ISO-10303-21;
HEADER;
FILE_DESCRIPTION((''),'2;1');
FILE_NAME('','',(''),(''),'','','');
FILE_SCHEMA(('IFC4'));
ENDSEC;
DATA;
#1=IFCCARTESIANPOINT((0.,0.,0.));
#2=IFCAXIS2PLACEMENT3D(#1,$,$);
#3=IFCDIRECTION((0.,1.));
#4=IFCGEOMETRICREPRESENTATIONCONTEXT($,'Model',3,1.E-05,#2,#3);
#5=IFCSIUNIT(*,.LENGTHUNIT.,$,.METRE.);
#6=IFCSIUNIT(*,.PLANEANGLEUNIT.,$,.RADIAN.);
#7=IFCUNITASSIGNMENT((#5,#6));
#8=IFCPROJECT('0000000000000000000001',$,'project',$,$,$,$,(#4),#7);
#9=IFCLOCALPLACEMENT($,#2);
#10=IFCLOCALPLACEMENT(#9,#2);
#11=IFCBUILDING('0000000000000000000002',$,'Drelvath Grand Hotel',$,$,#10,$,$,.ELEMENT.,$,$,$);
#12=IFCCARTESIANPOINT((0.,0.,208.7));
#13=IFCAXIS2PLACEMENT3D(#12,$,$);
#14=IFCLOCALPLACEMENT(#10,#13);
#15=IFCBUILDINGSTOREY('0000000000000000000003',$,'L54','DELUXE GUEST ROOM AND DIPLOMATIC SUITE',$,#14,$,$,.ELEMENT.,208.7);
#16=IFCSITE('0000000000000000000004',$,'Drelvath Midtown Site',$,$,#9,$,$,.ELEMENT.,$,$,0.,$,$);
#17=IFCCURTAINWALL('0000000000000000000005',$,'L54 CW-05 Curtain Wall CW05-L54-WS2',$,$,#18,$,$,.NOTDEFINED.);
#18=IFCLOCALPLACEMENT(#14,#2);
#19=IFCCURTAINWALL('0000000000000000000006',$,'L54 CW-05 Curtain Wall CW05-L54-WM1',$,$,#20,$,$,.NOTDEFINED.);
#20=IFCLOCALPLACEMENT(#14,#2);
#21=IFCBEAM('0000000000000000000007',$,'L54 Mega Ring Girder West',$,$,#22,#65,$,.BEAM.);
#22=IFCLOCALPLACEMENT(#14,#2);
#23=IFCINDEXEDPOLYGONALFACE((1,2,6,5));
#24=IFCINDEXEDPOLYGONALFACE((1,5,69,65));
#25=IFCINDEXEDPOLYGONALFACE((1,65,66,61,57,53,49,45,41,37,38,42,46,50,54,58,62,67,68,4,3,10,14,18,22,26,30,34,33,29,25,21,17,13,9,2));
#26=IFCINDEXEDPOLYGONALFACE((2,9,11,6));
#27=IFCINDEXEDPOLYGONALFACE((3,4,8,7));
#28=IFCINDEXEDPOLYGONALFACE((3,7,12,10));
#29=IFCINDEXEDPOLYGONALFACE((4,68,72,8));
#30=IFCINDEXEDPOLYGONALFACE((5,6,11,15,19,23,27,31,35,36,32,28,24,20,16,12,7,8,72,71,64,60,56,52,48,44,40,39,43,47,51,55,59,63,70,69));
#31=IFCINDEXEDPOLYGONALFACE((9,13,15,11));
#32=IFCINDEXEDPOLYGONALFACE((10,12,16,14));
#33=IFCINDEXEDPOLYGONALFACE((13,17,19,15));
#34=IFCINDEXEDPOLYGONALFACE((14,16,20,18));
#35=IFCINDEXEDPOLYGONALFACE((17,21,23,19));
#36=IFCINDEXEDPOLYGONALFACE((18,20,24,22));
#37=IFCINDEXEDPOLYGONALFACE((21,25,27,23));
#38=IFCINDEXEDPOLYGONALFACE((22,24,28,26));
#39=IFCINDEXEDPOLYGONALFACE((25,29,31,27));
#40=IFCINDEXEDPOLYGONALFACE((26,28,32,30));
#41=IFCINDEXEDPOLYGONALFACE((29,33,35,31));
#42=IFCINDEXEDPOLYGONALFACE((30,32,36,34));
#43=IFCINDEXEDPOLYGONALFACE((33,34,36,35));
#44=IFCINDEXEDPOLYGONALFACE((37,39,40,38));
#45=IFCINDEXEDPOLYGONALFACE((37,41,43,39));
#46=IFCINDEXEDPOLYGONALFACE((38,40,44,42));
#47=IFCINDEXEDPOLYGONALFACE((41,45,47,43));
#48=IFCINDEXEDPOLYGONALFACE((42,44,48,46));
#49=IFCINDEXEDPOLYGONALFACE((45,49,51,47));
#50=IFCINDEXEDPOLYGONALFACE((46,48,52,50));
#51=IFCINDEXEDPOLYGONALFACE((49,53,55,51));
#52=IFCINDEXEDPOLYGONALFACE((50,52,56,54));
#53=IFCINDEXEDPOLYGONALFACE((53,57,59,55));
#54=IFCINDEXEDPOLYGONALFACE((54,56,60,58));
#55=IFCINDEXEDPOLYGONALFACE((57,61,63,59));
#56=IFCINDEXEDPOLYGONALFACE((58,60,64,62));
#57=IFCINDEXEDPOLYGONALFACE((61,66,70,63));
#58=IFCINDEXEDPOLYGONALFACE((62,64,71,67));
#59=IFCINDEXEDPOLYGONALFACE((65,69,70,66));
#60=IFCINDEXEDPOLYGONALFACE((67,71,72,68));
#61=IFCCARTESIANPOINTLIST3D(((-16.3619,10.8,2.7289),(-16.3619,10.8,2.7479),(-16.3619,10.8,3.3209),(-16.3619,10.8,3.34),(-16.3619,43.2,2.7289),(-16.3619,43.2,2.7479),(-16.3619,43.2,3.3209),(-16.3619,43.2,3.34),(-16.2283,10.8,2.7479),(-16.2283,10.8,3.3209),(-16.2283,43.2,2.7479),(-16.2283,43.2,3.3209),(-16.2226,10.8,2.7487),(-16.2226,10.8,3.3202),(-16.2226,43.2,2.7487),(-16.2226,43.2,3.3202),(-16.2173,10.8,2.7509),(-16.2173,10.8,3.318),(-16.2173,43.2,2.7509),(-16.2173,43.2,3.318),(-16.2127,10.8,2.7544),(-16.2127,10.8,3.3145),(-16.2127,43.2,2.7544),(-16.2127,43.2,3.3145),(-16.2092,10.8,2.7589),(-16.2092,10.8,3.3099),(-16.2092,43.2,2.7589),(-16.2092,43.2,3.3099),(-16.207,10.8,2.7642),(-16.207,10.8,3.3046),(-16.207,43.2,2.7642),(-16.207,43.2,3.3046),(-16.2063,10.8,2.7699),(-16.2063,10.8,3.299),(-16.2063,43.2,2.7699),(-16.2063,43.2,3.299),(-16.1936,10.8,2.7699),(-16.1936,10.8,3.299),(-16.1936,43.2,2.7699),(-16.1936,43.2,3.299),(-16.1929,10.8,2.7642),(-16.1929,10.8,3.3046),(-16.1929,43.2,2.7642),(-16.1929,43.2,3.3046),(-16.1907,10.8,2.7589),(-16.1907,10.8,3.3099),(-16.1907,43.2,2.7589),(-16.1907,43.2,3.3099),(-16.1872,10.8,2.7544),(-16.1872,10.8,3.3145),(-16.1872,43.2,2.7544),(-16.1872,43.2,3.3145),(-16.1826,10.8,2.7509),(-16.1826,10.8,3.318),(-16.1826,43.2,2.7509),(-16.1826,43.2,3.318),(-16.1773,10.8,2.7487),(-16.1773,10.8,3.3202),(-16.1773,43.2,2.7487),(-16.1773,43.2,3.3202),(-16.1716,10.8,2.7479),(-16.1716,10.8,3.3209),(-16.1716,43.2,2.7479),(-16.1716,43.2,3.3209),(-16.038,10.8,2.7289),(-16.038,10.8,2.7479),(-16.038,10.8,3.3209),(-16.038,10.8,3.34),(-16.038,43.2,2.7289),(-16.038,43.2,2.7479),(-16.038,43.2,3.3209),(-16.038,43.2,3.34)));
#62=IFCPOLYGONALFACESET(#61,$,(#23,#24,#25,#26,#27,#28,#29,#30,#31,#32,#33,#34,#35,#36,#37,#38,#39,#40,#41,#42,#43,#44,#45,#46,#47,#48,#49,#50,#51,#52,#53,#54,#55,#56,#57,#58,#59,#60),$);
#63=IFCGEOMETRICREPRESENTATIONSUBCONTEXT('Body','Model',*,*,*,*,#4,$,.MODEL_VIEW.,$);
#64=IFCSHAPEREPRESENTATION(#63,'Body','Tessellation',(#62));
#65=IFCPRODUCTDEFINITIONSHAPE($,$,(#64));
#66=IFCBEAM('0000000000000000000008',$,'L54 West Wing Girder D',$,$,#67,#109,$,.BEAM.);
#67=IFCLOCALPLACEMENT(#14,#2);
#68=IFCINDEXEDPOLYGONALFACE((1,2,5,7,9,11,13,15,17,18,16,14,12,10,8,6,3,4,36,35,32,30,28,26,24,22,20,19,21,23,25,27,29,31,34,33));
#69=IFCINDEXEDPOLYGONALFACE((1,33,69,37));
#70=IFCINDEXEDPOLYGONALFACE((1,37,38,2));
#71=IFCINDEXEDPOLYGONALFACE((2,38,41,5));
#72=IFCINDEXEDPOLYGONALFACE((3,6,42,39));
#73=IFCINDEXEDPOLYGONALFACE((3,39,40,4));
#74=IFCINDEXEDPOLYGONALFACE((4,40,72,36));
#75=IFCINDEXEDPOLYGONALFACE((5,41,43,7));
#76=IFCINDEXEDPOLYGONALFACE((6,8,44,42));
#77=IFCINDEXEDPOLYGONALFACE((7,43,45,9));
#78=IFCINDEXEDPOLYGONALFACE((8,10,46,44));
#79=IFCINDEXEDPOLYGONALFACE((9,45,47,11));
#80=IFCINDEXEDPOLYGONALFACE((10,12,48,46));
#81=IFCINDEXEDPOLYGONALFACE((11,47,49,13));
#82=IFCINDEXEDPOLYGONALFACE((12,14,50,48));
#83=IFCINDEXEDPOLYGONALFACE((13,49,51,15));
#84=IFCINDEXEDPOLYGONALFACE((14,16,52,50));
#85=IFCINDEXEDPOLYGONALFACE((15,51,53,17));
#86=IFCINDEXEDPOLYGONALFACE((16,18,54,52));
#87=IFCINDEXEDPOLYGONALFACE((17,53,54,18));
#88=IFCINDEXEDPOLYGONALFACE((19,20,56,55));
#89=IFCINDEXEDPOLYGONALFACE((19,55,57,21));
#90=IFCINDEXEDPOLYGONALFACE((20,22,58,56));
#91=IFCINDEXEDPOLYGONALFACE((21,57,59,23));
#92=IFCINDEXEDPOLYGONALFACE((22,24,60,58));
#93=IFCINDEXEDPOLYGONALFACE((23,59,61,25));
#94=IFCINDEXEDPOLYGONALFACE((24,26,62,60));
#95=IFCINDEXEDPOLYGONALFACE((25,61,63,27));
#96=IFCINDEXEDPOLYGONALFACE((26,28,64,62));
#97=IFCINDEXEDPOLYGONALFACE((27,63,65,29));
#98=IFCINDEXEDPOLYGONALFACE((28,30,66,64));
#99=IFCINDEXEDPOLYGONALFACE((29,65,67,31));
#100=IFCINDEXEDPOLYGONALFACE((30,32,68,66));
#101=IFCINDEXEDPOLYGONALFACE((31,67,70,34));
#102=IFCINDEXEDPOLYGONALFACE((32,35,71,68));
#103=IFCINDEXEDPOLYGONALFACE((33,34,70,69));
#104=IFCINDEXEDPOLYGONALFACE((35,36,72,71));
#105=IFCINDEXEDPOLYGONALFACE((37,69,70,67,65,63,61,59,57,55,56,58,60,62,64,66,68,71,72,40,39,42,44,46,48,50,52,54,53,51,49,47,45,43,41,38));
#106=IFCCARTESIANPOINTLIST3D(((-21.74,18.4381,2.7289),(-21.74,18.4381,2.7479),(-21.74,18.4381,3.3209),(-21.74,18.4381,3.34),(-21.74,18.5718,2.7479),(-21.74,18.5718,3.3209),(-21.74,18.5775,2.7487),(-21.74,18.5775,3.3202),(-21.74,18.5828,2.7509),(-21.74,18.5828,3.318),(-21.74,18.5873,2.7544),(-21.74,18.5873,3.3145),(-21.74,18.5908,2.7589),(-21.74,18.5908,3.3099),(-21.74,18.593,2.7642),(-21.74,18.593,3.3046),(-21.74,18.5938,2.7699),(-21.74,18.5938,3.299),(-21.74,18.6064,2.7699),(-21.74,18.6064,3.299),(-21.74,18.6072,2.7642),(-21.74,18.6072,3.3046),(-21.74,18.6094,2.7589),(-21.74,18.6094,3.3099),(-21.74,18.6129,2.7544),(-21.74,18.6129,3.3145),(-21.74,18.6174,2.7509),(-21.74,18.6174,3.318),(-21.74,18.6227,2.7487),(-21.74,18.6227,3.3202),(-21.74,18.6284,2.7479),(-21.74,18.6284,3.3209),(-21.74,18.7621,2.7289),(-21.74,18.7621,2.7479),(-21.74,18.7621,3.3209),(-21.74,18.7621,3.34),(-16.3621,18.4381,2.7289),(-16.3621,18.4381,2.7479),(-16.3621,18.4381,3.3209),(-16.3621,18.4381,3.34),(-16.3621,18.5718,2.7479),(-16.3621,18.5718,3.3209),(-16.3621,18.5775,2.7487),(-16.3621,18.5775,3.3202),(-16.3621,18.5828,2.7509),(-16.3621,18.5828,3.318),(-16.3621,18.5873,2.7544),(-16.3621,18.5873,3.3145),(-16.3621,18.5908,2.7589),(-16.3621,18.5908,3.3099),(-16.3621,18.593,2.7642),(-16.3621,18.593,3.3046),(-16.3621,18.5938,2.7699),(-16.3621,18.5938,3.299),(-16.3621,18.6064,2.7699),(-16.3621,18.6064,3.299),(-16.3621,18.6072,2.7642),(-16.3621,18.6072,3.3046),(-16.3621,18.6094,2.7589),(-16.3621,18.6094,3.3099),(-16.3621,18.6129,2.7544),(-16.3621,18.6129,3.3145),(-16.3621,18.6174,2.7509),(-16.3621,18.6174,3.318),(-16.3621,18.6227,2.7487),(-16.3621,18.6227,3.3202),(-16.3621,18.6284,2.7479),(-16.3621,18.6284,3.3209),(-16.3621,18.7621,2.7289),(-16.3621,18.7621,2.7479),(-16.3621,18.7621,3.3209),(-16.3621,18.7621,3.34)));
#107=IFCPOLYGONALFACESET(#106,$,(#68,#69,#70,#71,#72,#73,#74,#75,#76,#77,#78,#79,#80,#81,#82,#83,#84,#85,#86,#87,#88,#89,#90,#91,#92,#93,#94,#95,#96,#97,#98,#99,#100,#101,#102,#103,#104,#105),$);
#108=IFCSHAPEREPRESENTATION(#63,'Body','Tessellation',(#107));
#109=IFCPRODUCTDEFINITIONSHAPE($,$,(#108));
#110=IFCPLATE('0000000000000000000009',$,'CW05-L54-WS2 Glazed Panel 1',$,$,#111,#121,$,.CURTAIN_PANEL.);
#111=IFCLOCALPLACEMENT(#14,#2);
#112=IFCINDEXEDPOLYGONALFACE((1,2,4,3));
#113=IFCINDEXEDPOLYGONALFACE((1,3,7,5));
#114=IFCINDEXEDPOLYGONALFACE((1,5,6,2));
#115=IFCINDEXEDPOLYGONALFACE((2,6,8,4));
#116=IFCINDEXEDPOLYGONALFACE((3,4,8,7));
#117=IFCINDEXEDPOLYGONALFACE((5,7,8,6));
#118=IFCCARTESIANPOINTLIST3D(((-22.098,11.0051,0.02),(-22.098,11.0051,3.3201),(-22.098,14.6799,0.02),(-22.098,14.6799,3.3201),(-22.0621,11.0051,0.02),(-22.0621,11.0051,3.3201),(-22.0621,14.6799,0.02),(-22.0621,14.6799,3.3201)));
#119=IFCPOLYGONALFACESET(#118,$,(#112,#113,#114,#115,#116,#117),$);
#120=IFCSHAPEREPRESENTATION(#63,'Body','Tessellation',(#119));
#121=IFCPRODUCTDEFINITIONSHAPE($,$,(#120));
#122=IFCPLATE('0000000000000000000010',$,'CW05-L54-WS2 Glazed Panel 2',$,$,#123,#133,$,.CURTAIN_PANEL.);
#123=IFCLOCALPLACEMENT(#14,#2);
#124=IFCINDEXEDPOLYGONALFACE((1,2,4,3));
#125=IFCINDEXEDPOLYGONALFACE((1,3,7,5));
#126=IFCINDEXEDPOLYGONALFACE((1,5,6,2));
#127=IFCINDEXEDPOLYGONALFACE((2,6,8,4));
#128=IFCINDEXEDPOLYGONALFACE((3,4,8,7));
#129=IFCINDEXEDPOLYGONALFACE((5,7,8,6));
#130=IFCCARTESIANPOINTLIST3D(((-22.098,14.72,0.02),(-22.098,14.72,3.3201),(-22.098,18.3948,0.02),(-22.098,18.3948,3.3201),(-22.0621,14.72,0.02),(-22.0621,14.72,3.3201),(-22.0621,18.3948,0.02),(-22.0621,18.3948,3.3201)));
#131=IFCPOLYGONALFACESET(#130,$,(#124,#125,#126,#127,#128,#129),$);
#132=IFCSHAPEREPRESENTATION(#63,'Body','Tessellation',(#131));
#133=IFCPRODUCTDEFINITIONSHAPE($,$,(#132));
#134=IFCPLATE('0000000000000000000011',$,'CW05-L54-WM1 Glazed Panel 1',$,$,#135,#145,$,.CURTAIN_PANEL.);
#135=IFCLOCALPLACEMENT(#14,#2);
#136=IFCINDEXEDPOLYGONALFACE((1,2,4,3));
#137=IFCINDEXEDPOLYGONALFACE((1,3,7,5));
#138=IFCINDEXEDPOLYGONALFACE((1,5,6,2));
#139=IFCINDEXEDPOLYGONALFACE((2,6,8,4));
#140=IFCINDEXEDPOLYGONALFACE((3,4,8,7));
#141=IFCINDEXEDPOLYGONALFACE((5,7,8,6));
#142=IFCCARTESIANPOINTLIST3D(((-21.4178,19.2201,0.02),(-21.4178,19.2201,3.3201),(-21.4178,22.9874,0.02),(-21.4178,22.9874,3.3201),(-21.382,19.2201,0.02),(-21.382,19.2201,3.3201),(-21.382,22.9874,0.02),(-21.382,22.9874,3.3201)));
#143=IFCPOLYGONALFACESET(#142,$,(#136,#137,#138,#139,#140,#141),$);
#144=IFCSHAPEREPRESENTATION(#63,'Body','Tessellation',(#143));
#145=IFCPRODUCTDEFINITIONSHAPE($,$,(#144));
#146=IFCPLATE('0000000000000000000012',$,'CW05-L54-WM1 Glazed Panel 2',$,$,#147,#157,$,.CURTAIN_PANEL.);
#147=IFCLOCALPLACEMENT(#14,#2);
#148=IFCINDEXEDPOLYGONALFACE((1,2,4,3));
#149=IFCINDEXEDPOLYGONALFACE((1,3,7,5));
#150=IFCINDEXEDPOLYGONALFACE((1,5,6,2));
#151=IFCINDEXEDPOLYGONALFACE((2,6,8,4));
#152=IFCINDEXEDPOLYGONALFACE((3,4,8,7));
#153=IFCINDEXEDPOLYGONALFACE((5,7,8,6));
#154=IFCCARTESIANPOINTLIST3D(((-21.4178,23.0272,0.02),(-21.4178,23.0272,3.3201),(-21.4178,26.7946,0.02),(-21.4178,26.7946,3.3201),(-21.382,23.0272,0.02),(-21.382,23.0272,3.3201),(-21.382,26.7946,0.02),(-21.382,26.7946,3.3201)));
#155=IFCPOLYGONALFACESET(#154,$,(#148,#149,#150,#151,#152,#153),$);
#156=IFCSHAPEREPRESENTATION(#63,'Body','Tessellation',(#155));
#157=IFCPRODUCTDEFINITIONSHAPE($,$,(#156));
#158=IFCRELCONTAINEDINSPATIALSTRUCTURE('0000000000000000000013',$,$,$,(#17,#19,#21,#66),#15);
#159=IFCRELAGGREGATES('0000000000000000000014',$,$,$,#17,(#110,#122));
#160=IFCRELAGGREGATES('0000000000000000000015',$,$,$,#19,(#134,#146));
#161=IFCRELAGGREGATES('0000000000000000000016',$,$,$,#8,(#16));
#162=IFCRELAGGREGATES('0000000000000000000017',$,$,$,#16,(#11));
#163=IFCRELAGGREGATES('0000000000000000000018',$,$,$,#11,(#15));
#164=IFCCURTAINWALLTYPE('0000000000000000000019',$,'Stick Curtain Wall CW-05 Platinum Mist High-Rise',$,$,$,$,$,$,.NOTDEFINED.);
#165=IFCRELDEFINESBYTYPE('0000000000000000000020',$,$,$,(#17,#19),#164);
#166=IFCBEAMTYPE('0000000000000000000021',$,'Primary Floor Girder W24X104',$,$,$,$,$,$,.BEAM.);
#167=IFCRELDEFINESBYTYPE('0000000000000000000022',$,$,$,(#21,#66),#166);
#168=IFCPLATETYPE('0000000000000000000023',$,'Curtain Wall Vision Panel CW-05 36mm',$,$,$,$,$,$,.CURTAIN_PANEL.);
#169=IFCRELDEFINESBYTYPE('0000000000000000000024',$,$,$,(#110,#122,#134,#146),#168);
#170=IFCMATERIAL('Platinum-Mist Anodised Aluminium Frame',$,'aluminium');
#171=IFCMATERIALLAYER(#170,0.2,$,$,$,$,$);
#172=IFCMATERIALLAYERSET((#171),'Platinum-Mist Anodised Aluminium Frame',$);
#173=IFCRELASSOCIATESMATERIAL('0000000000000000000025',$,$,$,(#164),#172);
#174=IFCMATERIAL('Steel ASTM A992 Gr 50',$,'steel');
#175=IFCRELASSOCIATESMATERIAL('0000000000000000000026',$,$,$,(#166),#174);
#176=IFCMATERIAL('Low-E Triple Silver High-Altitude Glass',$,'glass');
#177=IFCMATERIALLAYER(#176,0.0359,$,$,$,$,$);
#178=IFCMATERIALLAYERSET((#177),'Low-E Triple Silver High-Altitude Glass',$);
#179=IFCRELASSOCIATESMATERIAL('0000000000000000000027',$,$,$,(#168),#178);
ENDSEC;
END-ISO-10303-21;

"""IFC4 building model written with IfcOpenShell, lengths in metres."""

from ifc_helpers import new_model, si_unit, direction, frame, origin, origin_2d, place, context, subcontext, project, spatial, rectangle, i_section, extrude, material, layer, layer_set, material_profile, profile_set, type_object, element, aggregate, save


model = new_model("IFC4")

# Units and contexts
model_context = context("Model", 3, precision=1e-05, world=origin(), true_north=direction((0.0, 1.0)))
body_context = subcontext(model_context, "Body", "Model", "MODEL_VIEW")
ifc_project = project(units=[si_unit("LENGTHUNIT", "METRE"), si_unit("PLANEANGLEUNIT", "RADIAN")], contexts=[model_context])

# Site, building, storey
site_placement = place(None, origin())
site = spatial("IfcSite", under=ifc_project, at=site_placement, Name="Drelvath Midtown Site", CompositionType="ELEMENT", RefElevation=0.0)
building_placement = place(site_placement, origin())
building = spatial("IfcBuilding", under=site, at=building_placement, Name="Drelvath Grand Hotel", CompositionType="ELEMENT")
storey_placement = place(building_placement, frame((0.0, 0.0, 208.7)))
storey = spatial("IfcBuildingStorey", under=building, at=storey_placement, Name="L54", Description="DELUXE GUEST ROOM AND DIPLOMATIC SUITE", CompositionType="ELEMENT", Elevation=208.7)

# Shared definitions
ifc_material_1 = material(Name="Steel ASTM A992 Gr 50", Category="steel")

# Curtain walls
ifc_material_2 = material(Name="Platinum-Mist Anodised Aluminium Frame", Category="aluminium")
ifc_layer_1 = layer(ifc_material_2, 0.2)
ifc_layer_set_1 = layer_set([ifc_layer_1], Name="Platinum-Mist Anodised Aluminium Frame")
curtain_wall_type = type_object("IfcCurtainWallType", Name="Stick Curtain Wall CW-05 Platinum Mist High-Rise", PredefinedType="NOTDEFINED", material=ifc_layer_set_1)
curtain_wall_1_placement = place(storey_placement, origin())
curtain_wall_1 = element("IfcCurtainWall", 1, at=curtain_wall_1_placement, inside=storey, type_object=curtain_wall_type, Name="L54 CW-05 Curtain Wall CW05-L54-WS2", PredefinedType="NOTDEFINED")
curtain_wall_2_placement = place(storey_placement, origin())
curtain_wall_2 = element("IfcCurtainWall", 2, at=curtain_wall_2_placement, inside=storey, type_object=curtain_wall_type, Name="L54 CW-05 Curtain Wall CW05-L54-WM1", PredefinedType="NOTDEFINED")

# Beams
ifc_material_profile_1 = material_profile(ifc_material_1, i_section(OverallWidth=0.324, OverallDepth=0.6111, WebThickness=0.0127, FlangeThickness=0.019, FilletRadius=0.022, at=origin_2d()), Name="W24X104")
ifc_profile_set_1 = profile_set([ifc_material_profile_1], Name="Steel ASTM A992 Gr 50")
beam_type_1 = type_object("IfcBeamType", Name="Primary Floor Girder W24X104", PredefinedType="BEAM", material=ifc_profile_set_1)
for number, where, z_axis, x_axis, name in (
    (3, (-16.2, 10.8, 3.0344), (0.0, 1.0, 0.0), (-1.0, 0.0, 0.0), "L54 Mega Ring Girder West"),
):
    element("IfcBeam", number, at=place(storey_placement, frame(where, z_axis=z_axis, x_axis=x_axis)), inside=storey, type_object=beam_type_1, Name=name, PredefinedType="BEAM", context=body_context, shape_type="SweptSolid", body=[
        extrude(i_section(OverallWidth=0.324, OverallDepth=0.6111, WebThickness=0.0127, FlangeThickness=0.019, FilletRadius=0.022, at=origin_2d()), origin(), (0.0, 0.0, 1.0), 32.3999),
    ])
beam_1_placement = place(storey_placement, frame((-21.74, 18.6001, 3.0344), z_axis=(1.0, 0.0, 0.0), x_axis=(0.0, 1.0, 0.0)))
element("IfcBeam", 4, at=beam_1_placement, inside=storey, type_object=beam_type_1, Name="L54 West Wing Girder D", PredefinedType="BEAM", context=body_context, shape_type="SweptSolid", body=[
    extrude(i_section(OverallWidth=0.324, OverallDepth=0.6111, WebThickness=0.0127, FlangeThickness=0.019, FilletRadius=0.022, at=origin_2d()), origin(), (0.0, 0.0, 1.0), 5.3779),
])

# Plates
ifc_material_3 = material(Name="Low-E Triple Silver High-Altitude Glass", Category="glass")
ifc_layer_2 = layer(ifc_material_3, 0.0359)
ifc_layer_set_2 = layer_set([ifc_layer_2], Name="Low-E Triple Silver High-Altitude Glass")
plate_type = type_object("IfcPlateType", Name="Curtain Wall Vision Panel CW-05 36mm", PredefinedType="CURTAIN_PANEL", material=ifc_layer_set_2)
plate_1_placement = place(storey_placement, frame((-22.0801, 12.8425, 0.02), z_axis=(0.0, 0.0, 1.0), x_axis=(0.0, 1.0, 0.0)))
plate_1 = element("IfcPlate", 5, at=plate_1_placement, type_object=plate_type, Name="CW05-L54-WS2 Glazed Panel 1", PredefinedType="CURTAIN_PANEL", context=body_context, shape_type="SweptSolid", body=[
    extrude(rectangle(XDim=3.6748, YDim=0.0359, at=origin_2d()), origin(), (0.0, 0.0, 1.0), 3.3),
])
plate_2_placement = place(storey_placement, frame((-22.0801, 16.5574, 0.02), z_axis=(0.0, 0.0, 1.0), x_axis=(0.0, 1.0, 0.0)))
plate_2 = element("IfcPlate", 6, at=plate_2_placement, type_object=plate_type, Name="CW05-L54-WS2 Glazed Panel 2", PredefinedType="CURTAIN_PANEL", context=body_context, shape_type="SweptSolid", body=[
    extrude(rectangle(XDim=3.6748, YDim=0.0359, at=origin_2d()), origin(), (0.0, 0.0, 1.0), 3.3),
])
aggregate(curtain_wall_1, [plate_1, plate_2])
plate_3_placement = place(storey_placement, frame((-21.3999, 21.1038, 0.02), z_axis=(0.0, 0.0, 1.0), x_axis=(0.0, 1.0, 0.0)))
plate_3 = element("IfcPlate", 7, at=plate_3_placement, type_object=plate_type, Name="CW05-L54-WM1 Glazed Panel 1", PredefinedType="CURTAIN_PANEL", context=body_context, shape_type="SweptSolid", body=[
    extrude(rectangle(XDim=3.7673, YDim=0.0359, at=origin_2d()), origin(), (0.0, 0.0, 1.0), 3.3),
])
plate_4_placement = place(storey_placement, frame((-21.3999, 24.9109, 0.02), z_axis=(0.0, 0.0, 1.0), x_axis=(0.0, 1.0, 0.0)))
plate_4 = element("IfcPlate", 8, at=plate_4_placement, type_object=plate_type, Name="CW05-L54-WM1 Glazed Panel 2", PredefinedType="CURTAIN_PANEL", context=body_context, shape_type="SweptSolid", body=[
    extrude(rectangle(XDim=3.7673, YDim=0.0359, at=origin_2d()), origin(), (0.0, 0.0, 1.0), 3.3),
])
aggregate(curtain_wall_2, [plate_3, plate_4])

save(model, "model.ifc")
